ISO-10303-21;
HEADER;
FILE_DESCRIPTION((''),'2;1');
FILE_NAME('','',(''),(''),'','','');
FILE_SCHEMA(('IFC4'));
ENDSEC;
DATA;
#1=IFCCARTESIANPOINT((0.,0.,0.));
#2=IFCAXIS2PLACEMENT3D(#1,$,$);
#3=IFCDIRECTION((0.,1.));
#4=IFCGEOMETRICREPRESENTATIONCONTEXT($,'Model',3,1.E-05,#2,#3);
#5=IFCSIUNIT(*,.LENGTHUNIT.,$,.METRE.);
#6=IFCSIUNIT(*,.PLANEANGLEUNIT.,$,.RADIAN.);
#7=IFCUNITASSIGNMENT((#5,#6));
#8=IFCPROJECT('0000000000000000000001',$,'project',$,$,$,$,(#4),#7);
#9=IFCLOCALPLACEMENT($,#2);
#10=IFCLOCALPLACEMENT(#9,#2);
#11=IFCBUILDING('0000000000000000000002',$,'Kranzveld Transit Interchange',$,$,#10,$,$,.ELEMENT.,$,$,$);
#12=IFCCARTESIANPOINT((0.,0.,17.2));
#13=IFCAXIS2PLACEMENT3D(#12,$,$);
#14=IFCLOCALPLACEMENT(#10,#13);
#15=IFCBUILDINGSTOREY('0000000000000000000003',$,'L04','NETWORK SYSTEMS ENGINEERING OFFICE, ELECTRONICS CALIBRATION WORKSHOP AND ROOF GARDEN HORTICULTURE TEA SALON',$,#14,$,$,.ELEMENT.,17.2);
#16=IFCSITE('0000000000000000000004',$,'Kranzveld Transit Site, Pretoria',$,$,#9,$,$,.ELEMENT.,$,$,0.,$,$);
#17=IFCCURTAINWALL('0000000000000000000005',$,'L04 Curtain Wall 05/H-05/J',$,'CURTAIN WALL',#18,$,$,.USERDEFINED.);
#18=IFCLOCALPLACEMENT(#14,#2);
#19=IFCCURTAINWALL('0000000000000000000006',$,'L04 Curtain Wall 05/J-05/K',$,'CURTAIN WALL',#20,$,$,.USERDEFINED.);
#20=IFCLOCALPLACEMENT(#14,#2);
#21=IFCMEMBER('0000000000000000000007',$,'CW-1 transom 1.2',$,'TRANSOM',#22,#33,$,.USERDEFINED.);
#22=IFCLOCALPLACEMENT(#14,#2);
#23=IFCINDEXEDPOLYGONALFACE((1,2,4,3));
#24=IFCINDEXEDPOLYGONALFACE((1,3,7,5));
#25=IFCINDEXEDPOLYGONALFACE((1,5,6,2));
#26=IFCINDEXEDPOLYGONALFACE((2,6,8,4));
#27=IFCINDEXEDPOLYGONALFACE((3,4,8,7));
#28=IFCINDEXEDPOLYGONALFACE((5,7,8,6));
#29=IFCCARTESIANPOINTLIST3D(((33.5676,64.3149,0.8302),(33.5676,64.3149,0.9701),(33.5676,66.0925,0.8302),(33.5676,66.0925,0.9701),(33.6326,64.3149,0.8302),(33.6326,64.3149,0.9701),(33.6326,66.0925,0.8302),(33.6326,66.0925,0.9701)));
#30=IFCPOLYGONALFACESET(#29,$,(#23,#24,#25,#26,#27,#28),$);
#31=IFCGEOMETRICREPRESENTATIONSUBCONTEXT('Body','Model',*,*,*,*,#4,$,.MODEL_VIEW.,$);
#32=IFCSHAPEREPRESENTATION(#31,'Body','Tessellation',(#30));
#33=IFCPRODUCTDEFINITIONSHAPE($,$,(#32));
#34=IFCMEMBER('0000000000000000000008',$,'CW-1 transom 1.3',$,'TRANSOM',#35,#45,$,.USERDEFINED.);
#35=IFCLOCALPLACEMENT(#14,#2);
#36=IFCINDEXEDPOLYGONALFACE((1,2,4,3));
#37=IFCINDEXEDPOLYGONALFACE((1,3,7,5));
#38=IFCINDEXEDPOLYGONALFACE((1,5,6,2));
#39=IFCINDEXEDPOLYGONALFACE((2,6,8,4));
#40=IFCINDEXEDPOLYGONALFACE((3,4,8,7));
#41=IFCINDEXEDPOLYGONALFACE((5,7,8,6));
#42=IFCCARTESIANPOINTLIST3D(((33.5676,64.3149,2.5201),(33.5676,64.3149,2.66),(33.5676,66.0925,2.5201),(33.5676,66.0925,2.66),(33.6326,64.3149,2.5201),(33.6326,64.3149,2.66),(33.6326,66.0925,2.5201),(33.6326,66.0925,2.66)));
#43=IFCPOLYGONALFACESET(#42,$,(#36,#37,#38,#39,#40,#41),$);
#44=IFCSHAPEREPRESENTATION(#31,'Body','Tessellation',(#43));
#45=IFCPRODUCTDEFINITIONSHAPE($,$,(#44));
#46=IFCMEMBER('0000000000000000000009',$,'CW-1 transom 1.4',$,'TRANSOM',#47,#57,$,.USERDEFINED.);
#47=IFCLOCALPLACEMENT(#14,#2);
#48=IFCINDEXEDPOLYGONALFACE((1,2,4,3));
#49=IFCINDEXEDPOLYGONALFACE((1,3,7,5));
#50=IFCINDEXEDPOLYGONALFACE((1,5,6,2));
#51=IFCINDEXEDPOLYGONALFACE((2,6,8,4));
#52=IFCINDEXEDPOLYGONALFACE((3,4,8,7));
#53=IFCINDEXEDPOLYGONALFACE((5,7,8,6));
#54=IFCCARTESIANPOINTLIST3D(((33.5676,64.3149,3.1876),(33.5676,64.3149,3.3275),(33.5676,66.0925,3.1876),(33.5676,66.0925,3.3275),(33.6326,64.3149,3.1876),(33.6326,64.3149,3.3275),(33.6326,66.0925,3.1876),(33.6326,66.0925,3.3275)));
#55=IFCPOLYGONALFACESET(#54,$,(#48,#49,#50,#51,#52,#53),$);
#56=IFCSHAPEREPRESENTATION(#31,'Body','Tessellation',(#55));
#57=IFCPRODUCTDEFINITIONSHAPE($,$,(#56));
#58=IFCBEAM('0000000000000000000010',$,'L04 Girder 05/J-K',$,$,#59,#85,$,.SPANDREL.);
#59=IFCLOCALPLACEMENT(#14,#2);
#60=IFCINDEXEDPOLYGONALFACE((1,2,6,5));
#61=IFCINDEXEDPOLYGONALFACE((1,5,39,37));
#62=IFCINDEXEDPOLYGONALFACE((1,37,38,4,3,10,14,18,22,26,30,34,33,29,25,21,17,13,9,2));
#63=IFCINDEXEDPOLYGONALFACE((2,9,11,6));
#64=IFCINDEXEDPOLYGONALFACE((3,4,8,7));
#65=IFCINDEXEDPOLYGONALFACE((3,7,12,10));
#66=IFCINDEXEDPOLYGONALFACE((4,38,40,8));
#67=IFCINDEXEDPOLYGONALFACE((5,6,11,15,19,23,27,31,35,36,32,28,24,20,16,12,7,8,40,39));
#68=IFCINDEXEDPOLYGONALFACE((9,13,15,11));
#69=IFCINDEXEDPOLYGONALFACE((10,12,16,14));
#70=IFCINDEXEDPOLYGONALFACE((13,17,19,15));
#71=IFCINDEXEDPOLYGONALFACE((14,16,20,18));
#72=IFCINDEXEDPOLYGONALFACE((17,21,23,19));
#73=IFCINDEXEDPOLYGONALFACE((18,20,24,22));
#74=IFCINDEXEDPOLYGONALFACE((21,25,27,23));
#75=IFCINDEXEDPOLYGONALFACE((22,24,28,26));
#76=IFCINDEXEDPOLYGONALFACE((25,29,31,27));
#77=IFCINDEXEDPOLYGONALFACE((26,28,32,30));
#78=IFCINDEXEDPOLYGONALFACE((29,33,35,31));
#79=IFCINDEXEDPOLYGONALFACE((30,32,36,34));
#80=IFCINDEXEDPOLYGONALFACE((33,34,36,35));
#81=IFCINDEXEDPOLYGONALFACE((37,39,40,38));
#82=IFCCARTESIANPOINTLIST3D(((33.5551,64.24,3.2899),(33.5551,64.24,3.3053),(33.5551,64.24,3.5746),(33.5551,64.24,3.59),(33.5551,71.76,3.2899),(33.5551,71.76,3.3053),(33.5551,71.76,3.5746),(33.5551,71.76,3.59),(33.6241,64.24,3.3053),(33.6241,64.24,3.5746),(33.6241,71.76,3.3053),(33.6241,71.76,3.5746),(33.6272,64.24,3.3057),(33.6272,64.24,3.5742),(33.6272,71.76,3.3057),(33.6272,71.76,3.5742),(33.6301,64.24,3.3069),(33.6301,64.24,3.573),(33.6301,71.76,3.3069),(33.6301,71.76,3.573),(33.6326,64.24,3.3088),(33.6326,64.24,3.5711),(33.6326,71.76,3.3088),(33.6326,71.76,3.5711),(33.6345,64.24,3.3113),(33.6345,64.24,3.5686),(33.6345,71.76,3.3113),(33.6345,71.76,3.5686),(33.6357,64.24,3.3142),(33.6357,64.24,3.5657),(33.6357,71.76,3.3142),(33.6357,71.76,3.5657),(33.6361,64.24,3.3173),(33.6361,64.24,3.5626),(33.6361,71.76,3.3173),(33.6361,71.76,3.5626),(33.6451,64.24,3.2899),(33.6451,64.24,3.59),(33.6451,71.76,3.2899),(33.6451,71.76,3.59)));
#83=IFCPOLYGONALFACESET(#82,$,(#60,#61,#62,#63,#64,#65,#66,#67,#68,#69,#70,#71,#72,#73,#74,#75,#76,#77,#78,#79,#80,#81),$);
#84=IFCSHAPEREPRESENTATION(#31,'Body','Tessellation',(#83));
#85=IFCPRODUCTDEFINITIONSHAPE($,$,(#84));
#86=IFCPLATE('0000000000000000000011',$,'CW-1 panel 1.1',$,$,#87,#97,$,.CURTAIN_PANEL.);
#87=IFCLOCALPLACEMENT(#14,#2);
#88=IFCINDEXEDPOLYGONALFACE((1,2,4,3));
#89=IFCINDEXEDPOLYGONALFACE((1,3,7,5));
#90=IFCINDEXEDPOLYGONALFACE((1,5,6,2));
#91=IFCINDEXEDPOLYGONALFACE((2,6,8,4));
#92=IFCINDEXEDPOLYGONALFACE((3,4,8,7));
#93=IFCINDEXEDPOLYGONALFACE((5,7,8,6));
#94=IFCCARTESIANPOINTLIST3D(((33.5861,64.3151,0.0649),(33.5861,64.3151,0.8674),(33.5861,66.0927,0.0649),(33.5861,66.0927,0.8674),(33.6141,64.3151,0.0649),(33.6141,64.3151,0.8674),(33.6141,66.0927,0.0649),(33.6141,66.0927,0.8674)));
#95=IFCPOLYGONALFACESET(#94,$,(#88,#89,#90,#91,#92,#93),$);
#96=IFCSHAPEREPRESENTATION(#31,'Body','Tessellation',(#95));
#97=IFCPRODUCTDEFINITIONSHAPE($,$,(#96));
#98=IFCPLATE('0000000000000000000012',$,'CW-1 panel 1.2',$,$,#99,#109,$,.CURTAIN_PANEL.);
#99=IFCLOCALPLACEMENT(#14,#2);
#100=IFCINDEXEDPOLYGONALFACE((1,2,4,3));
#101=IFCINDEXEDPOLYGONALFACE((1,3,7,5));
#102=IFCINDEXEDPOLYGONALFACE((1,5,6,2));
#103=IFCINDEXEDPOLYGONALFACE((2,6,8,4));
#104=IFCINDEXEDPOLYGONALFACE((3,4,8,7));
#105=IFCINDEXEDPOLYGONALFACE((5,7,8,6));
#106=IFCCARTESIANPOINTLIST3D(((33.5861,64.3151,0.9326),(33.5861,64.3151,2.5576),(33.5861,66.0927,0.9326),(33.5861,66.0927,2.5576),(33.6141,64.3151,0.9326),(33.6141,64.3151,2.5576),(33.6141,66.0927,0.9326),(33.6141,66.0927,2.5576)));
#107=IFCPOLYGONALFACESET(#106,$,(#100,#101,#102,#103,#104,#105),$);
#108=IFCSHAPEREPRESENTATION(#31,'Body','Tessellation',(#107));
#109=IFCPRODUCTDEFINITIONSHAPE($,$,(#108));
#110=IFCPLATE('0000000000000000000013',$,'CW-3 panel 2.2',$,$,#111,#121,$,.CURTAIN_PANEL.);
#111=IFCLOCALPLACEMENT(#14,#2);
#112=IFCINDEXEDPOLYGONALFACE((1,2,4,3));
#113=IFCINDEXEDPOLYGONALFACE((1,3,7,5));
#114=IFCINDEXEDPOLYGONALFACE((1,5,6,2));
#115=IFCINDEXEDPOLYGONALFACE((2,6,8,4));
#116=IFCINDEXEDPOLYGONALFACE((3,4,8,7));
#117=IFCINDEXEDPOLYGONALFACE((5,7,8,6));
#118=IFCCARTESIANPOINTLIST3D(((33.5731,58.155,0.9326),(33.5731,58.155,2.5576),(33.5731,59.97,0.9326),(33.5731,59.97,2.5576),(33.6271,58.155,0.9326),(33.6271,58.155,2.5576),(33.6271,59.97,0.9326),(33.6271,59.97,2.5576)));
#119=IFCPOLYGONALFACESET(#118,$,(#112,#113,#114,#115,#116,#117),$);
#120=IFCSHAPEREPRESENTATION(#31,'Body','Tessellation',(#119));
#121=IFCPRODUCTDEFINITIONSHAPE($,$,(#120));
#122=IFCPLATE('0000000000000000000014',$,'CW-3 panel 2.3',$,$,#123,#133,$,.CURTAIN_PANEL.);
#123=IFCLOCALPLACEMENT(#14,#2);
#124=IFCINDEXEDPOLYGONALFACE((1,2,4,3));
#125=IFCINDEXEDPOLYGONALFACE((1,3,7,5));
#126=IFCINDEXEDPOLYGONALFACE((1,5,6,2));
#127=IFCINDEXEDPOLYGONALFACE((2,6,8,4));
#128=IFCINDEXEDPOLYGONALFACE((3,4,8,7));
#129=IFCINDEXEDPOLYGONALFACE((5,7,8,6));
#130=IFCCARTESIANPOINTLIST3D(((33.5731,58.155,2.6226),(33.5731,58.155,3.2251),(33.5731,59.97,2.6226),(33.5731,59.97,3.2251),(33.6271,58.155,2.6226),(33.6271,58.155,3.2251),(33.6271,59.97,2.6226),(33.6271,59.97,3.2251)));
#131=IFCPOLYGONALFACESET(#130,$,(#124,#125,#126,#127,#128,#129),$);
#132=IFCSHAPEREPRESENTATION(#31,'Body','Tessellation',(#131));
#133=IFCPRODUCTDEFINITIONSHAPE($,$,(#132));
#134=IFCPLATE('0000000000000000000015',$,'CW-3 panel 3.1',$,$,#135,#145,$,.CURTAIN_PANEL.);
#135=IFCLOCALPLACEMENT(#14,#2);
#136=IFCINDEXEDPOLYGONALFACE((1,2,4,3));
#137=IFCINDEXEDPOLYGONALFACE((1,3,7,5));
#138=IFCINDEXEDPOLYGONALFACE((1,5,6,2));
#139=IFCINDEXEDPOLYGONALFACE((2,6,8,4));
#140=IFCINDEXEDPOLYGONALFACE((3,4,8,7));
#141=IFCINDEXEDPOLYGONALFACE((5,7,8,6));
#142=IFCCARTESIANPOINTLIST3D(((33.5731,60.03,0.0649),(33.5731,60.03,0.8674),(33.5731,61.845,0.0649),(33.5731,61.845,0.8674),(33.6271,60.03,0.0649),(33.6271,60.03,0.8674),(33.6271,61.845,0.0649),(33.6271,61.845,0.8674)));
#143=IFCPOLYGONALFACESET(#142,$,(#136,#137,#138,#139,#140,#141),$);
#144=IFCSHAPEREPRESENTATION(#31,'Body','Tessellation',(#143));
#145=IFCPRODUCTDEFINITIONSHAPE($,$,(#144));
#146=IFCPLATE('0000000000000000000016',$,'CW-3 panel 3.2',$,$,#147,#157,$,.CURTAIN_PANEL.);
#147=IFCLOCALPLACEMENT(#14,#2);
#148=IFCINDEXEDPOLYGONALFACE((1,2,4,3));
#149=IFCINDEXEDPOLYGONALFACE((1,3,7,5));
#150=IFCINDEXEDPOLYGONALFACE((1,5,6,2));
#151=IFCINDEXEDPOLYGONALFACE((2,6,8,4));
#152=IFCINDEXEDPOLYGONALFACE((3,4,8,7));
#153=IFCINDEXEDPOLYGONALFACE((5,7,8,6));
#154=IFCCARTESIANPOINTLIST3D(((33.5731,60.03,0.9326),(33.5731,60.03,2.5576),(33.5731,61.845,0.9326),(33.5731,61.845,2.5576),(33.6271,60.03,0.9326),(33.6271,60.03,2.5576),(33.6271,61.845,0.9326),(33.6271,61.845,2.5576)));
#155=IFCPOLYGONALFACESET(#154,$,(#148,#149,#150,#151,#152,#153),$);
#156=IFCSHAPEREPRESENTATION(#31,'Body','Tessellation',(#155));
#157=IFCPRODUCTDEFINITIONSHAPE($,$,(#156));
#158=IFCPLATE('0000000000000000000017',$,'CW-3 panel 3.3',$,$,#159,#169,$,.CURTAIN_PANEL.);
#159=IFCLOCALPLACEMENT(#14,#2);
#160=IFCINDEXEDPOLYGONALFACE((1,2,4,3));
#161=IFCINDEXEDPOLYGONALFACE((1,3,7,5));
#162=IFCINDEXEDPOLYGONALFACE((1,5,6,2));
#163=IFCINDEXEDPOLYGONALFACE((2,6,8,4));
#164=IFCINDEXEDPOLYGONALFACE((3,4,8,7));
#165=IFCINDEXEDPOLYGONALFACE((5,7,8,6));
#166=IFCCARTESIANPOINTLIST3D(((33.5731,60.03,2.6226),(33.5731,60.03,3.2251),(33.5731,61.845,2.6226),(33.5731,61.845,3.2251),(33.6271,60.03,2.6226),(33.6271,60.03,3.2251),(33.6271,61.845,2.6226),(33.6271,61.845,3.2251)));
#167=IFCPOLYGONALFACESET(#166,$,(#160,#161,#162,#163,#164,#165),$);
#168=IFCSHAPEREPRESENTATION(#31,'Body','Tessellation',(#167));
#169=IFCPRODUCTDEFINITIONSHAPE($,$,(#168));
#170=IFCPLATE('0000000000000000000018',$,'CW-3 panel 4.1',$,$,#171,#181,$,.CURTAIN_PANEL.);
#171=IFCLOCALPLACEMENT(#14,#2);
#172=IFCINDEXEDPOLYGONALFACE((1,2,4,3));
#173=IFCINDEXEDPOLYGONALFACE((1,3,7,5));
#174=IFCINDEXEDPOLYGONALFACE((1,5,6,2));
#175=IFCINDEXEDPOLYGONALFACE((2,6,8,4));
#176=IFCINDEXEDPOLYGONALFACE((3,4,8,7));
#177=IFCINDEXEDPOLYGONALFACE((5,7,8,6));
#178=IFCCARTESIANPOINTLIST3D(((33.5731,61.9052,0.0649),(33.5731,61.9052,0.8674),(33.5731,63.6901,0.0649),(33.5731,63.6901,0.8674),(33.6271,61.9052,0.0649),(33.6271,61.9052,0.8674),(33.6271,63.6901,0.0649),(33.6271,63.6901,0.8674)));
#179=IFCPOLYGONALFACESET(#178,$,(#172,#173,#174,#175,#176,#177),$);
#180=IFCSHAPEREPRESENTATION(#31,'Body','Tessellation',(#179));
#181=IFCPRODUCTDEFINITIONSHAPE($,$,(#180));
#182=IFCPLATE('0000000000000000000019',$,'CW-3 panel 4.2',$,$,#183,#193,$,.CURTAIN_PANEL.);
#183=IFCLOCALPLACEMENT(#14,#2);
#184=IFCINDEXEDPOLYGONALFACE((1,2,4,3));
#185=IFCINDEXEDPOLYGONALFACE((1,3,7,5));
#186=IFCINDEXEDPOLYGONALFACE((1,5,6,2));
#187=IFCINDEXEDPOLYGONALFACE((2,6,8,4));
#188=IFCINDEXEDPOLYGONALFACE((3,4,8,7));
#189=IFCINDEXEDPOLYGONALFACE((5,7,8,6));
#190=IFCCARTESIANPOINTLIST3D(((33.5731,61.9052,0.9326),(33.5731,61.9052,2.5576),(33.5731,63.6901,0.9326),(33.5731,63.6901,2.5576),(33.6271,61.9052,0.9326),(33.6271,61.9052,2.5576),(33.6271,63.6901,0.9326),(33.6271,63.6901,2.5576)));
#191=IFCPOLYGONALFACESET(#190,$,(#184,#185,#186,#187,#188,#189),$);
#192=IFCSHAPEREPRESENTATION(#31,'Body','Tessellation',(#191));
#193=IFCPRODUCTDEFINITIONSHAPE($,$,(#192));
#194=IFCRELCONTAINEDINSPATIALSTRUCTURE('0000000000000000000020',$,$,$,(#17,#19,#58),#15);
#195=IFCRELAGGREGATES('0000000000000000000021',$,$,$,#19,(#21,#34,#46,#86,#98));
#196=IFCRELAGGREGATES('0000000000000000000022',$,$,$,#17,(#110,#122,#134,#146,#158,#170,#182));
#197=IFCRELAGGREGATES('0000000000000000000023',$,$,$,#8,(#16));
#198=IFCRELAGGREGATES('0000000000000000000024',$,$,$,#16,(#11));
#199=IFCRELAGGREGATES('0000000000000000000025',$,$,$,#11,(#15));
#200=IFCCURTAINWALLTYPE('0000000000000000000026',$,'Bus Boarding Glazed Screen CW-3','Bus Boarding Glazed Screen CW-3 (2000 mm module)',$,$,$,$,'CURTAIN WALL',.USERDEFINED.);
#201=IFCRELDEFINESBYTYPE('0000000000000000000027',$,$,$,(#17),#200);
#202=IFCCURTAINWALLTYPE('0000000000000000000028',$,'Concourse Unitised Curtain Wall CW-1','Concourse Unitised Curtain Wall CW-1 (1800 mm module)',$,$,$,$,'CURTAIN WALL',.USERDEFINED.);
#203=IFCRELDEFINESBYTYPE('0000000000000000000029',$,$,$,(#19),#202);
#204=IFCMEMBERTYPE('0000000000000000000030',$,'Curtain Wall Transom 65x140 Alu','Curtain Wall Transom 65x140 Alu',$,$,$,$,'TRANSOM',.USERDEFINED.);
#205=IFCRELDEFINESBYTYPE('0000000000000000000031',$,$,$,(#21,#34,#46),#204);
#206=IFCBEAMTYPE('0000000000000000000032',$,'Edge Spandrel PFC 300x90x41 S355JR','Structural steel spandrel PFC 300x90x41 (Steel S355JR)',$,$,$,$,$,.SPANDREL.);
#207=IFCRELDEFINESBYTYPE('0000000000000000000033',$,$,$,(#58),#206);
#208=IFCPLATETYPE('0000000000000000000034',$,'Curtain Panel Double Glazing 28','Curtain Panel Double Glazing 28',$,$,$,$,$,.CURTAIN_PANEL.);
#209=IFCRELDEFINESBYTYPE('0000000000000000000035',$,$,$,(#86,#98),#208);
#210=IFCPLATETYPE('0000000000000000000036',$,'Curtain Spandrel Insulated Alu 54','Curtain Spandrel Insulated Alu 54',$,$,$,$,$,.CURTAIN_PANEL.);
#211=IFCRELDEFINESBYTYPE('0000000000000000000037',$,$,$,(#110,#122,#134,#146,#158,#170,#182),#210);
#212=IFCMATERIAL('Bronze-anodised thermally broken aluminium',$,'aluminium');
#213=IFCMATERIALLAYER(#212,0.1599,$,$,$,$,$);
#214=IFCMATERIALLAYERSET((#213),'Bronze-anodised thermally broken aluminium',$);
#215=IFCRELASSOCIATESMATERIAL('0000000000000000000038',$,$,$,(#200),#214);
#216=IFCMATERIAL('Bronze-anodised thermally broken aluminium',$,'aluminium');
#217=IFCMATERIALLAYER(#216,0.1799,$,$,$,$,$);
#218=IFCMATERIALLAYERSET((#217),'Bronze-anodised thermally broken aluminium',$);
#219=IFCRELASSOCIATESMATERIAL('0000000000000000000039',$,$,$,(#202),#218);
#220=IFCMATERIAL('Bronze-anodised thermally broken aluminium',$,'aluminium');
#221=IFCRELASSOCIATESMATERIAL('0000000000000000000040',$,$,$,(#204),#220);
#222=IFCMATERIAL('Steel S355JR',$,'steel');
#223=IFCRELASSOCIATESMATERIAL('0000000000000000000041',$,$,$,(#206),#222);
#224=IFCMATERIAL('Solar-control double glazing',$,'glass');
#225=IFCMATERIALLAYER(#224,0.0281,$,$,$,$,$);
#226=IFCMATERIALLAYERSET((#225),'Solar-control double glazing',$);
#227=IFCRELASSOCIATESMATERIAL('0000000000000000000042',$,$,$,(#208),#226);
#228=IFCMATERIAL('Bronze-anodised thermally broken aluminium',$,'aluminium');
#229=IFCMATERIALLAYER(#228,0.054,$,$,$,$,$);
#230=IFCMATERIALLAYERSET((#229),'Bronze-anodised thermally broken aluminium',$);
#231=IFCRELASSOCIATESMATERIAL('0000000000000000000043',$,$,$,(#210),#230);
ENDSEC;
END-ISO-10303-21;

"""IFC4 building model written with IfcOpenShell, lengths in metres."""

from ifc_helpers import new_model, si_unit, direction, frame, origin, origin_2d, place, context, subcontext, project, spatial, rectangle, u_section, extrude, material, layer, layer_set, material_profile, profile_set, type_object, element, aggregate, save


model = new_model("IFC4")

# Units and contexts
model_context = context("Model", 3, precision=1e-05, world=origin(), true_north=direction((0.0, 1.0)))
body_context = subcontext(model_context, "Body", "Model", "MODEL_VIEW")
ifc_project = project(units=[si_unit("LENGTHUNIT", "METRE"), si_unit("PLANEANGLEUNIT", "RADIAN")], contexts=[model_context])

# Site, building, storey
site_placement = place(None, origin())
site = spatial("IfcSite", under=ifc_project, at=site_placement, Name="Kranzveld Transit Site, Pretoria", CompositionType="ELEMENT", RefElevation=0.0)
building_placement = place(site_placement, origin())
building = spatial("IfcBuilding", under=site, at=building_placement, Name="Kranzveld Transit Interchange", CompositionType="ELEMENT")
storey_placement = place(building_placement, frame((0.0, 0.0, 17.2)))
storey = spatial("IfcBuildingStorey", under=building, at=storey_placement, Name="L04", Description="NETWORK SYSTEMS ENGINEERING OFFICE, ELECTRONICS CALIBRATION WORKSHOP AND ROOF GARDEN HORTICULTURE TEA SALON", CompositionType="ELEMENT", Elevation=17.2)

# Curtain wall
ifc_material_1 = material(Name="Bronze-anodised thermally broken aluminium", Category="aluminium")
ifc_layer_1 = layer(ifc_material_1, 0.1599)
ifc_layer_set_1 = layer_set([ifc_layer_1], Name="Bronze-anodised thermally broken aluminium")
curtain_wall_type_1 = type_object("IfcCurtainWallType", Name="Bus Boarding Glazed Screen CW-3", Description="Bus Boarding Glazed Screen CW-3 (2000 mm module)", ElementType="CURTAIN WALL", PredefinedType="USERDEFINED", material=ifc_layer_set_1)
curtain_wall_1_placement = place(storey_placement, origin())
curtain_wall_1 = element("IfcCurtainWall", 1, at=curtain_wall_1_placement, inside=storey, type_object=curtain_wall_type_1, Name="L04 Curtain Wall 05/H-05/J", ObjectType="CURTAIN WALL", PredefinedType="USERDEFINED")

# Curtain wall
ifc_material_2 = material(Name="Bronze-anodised thermally broken aluminium", Category="aluminium")
ifc_layer_2 = layer(ifc_material_2, 0.1799)
ifc_layer_set_2 = layer_set([ifc_layer_2], Name="Bronze-anodised thermally broken aluminium")
curtain_wall_type_2 = type_object("IfcCurtainWallType", Name="Concourse Unitised Curtain Wall CW-1", Description="Concourse Unitised Curtain Wall CW-1 (1800 mm module)", ElementType="CURTAIN WALL", PredefinedType="USERDEFINED", material=ifc_layer_set_2)
curtain_wall_2_placement = place(storey_placement, origin())
curtain_wall_2 = element("IfcCurtainWall", 2, at=curtain_wall_2_placement, inside=storey, type_object=curtain_wall_type_2, Name="L04 Curtain Wall 05/J-05/K", ObjectType="CURTAIN WALL", PredefinedType="USERDEFINED")

# Members
ifc_material_3 = material(Name="Bronze-anodised thermally broken aluminium", Category="aluminium")
ifc_material_profile_1 = material_profile(ifc_material_3, rectangle(XDim=0.0649, YDim=0.1399, at=origin_2d()), Name="ALU TRANSOM 65x140")
ifc_profile_set_1 = profile_set([ifc_material_profile_1], Name="Bronze-anodised thermally broken aluminium")
member_type_1 = type_object("IfcMemberType", Name="Curtain Wall Transom 65x140 Alu", Description="Curtain Wall Transom 65x140 Alu", ElementType="TRANSOM", PredefinedType="USERDEFINED", material=ifc_profile_set_1)
member_1_placement = place(storey_placement, frame((33.6001, 64.3149, 0.9001), z_axis=(0.0, 1.0, 0.0), x_axis=(-1.0, 0.0, 0.0)))
member_1 = element("IfcMember", 3, at=member_1_placement, type_object=member_type_1, Name="CW-1 transom 1.2", ObjectType="TRANSOM", PredefinedType="USERDEFINED", context=body_context, shape_type="SweptSolid", body=[
    extrude(rectangle(XDim=0.0649, YDim=0.1399, at=origin_2d()), origin(), (0.0, 0.0, 1.0), 1.7776),
])
member_2_placement = place(storey_placement, frame((33.6001, 64.3149, 2.5901), z_axis=(0.0, 1.0, 0.0), x_axis=(-1.0, 0.0, 0.0)))
member_2 = element("IfcMember", 4, at=member_2_placement, type_object=member_type_1, Name="CW-1 transom 1.3", ObjectType="TRANSOM", PredefinedType="USERDEFINED", context=body_context, shape_type="SweptSolid", body=[
    extrude(rectangle(XDim=0.0649, YDim=0.1399, at=origin_2d()), origin(), (0.0, 0.0, 1.0), 1.7776),
])
member_3_placement = place(storey_placement, frame((33.6001, 64.3149, 3.2576), z_axis=(0.0, 1.0, 0.0), x_axis=(-1.0, 0.0, 0.0)))
member_3 = element("IfcMember", 5, at=member_3_placement, type_object=member_type_1, Name="CW-1 transom 1.4", ObjectType="TRANSOM", PredefinedType="USERDEFINED", context=body_context, shape_type="SweptSolid", body=[
    extrude(rectangle(XDim=0.0649, YDim=0.1399, at=origin_2d()), origin(), (0.0, 0.0, 1.0), 1.7776),
])

# Beam
ifc_material_4 = material(Name="Steel S355JR", Category="steel")
ifc_material_profile_2 = material_profile(ifc_material_4, u_section(Depth=0.3, FlangeWidth=0.0901, WebThickness=0.009, FlangeThickness=0.0154, FilletRadius=0.012, at=origin_2d()), Name="PFC 300x90x41")
ifc_profile_set_2 = profile_set([ifc_material_profile_2], Name="Steel S355JR")
beam_type = type_object("IfcBeamType", Name="Edge Spandrel PFC 300x90x41 S355JR", Description="Structural steel spandrel PFC 300x90x41 (Steel S355JR)", PredefinedType="SPANDREL", material=ifc_profile_set_2)
beam_placement = place(storey_placement, frame((33.6001, 64.24, 3.4399), z_axis=(0.0, 1.0, 0.0), x_axis=(-1.0, 0.0, 0.0)))
element("IfcBeam", 6, at=beam_placement, inside=storey, type_object=beam_type, Name="L04 Girder 05/J-K", PredefinedType="SPANDREL", context=body_context, shape_type="SweptSolid", body=[
    extrude(u_section(Depth=0.3, FlangeWidth=0.0901, WebThickness=0.009, FlangeThickness=0.0154, FilletRadius=0.012, at=origin_2d()), origin(), (0.0, 0.0, 1.0), 7.52),
])

# Plates
ifc_material_5 = material(Name="Solar-control double glazing", Category="glass")
ifc_layer_3 = layer(ifc_material_5, 0.0281)
ifc_layer_set_3 = layer_set([ifc_layer_3], Name="Solar-control double glazing")
plate_type_1 = type_object("IfcPlateType", Name="Curtain Panel Double Glazing 28", Description="Curtain Panel Double Glazing 28", PredefinedType="CURTAIN_PANEL", material=ifc_layer_set_3)
plate_1_placement = place(storey_placement, frame((33.6001, 65.2039, 0.0649), z_axis=(0.0, 0.0, 1.0), x_axis=(0.0, 1.0, 0.0)))
plate_1 = element("IfcPlate", 7, at=plate_1_placement, type_object=plate_type_1, Name="CW-1 panel 1.1", PredefinedType="CURTAIN_PANEL", context=body_context, shape_type="SweptSolid", body=[
    extrude(rectangle(XDim=1.7776, YDim=0.0281, at=origin_2d()), origin(), (0.0, 0.0, 1.0), 0.8025),
])
plate_2_placement = place(storey_placement, frame((33.6001, 65.2039, 0.9326), z_axis=(0.0, 0.0, 1.0), x_axis=(0.0, 1.0, 0.0)))
plate_2 = element("IfcPlate", 8, at=plate_2_placement, type_object=plate_type_1, Name="CW-1 panel 1.2", PredefinedType="CURTAIN_PANEL", context=body_context, shape_type="SweptSolid", body=[
    extrude(rectangle(XDim=1.7776, YDim=0.0281, at=origin_2d()), origin(), (0.0, 0.0, 1.0), 1.625),
])
aggregate(curtain_wall_2, [member_1, member_2, member_3, plate_1, plate_2])
ifc_material_6 = material(Name="Bronze-anodised thermally broken aluminium", Category="aluminium")
ifc_layer_4 = layer(ifc_material_6, 0.054)
ifc_layer_set_4 = layer_set([ifc_layer_4], Name="Bronze-anodised thermally broken aluminium")
plate_type_2 = type_object("IfcPlateType", Name="Curtain Spandrel Insulated Alu 54", Description="Curtain Spandrel Insulated Alu 54", PredefinedType="CURTAIN_PANEL", material=ifc_layer_set_4)
plate_3_placement = place(storey_placement, frame((33.6001, 59.0625, 0.9326), z_axis=(0.0, 0.0, 1.0), x_axis=(0.0, 1.0, 0.0)))
plate_3 = element("IfcPlate", 9, at=plate_3_placement, type_object=plate_type_2, Name="CW-3 panel 2.2", PredefinedType="CURTAIN_PANEL", context=body_context, shape_type="SweptSolid", body=[
    extrude(rectangle(XDim=1.8149, YDim=0.054, at=origin_2d()), origin(), (0.0, 0.0, 1.0), 1.625),
])
plate_4_placement = place(storey_placement, frame((33.6001, 59.0625, 2.6226), z_axis=(0.0, 0.0, 1.0), x_axis=(0.0, 1.0, 0.0)))
plate_4 = element("IfcPlate", 10, at=plate_4_placement, type_object=plate_type_2, Name="CW-3 panel 2.3", PredefinedType="CURTAIN_PANEL", context=body_context, shape_type="SweptSolid", body=[
    extrude(rectangle(XDim=1.8149, YDim=0.054, at=origin_2d()), origin(), (0.0, 0.0, 1.0), 0.6025),
])
plate_5_placement = place(storey_placement, frame((33.6001, 60.9375, 0.0649), z_axis=(0.0, 0.0, 1.0), x_axis=(0.0, 1.0, 0.0)))
plate_5 = element("IfcPlate", 11, at=plate_5_placement, type_object=plate_type_2, Name="CW-3 panel 3.1", PredefinedType="CURTAIN_PANEL", context=body_context, shape_type="SweptSolid", body=[
    extrude(rectangle(XDim=1.8149, YDim=0.054, at=origin_2d()), origin(), (0.0, 0.0, 1.0), 0.8025),
])
plate_6_placement = place(storey_placement, frame((33.6001, 60.9375, 0.9326), z_axis=(0.0, 0.0, 1.0), x_axis=(0.0, 1.0, 0.0)))
plate_6 = element("IfcPlate", 12, at=plate_6_placement, type_object=plate_type_2, Name="CW-3 panel 3.2", PredefinedType="CURTAIN_PANEL", context=body_context, shape_type="SweptSolid", body=[
    extrude(rectangle(XDim=1.8149, YDim=0.054, at=origin_2d()), origin(), (0.0, 0.0, 1.0), 1.625),
])
plate_7_placement = place(storey_placement, frame((33.6001, 60.9375, 2.6226), z_axis=(0.0, 0.0, 1.0), x_axis=(0.0, 1.0, 0.0)))
plate_7 = element("IfcPlate", 13, at=plate_7_placement, type_object=plate_type_2, Name="CW-3 panel 3.3", PredefinedType="CURTAIN_PANEL", context=body_context, shape_type="SweptSolid", body=[
    extrude(rectangle(XDim=1.8149, YDim=0.054, at=origin_2d()), origin(), (0.0, 0.0, 1.0), 0.6025),
])
plate_8_placement = place(storey_placement, frame((33.6001, 62.7976, 0.0649), z_axis=(0.0, 0.0, 1.0), x_axis=(0.0, 1.0, 0.0)))
plate_8 = element("IfcPlate", 14, at=plate_8_placement, type_object=plate_type_2, Name="CW-3 panel 4.1", PredefinedType="CURTAIN_PANEL", context=body_context, shape_type="SweptSolid", body=[
    extrude(rectangle(XDim=1.7849, YDim=0.054, at=origin_2d()), origin(), (0.0, 0.0, 1.0), 0.8025),
])
plate_9_placement = place(storey_placement, frame((33.6001, 62.7976, 0.9326), z_axis=(0.0, 0.0, 1.0), x_axis=(0.0, 1.0, 0.0)))
plate_9 = element("IfcPlate", 15, at=plate_9_placement, type_object=plate_type_2, Name="CW-3 panel 4.2", PredefinedType="CURTAIN_PANEL", context=body_context, shape_type="SweptSolid", body=[
    extrude(rectangle(XDim=1.7849, YDim=0.054, at=origin_2d()), origin(), (0.0, 0.0, 1.0), 1.625),
])
aggregate(curtain_wall_1, [plate_3, plate_4, plate_5, plate_6, plate_7, plate_8, plate_9])

save(model, "model.ifc")
